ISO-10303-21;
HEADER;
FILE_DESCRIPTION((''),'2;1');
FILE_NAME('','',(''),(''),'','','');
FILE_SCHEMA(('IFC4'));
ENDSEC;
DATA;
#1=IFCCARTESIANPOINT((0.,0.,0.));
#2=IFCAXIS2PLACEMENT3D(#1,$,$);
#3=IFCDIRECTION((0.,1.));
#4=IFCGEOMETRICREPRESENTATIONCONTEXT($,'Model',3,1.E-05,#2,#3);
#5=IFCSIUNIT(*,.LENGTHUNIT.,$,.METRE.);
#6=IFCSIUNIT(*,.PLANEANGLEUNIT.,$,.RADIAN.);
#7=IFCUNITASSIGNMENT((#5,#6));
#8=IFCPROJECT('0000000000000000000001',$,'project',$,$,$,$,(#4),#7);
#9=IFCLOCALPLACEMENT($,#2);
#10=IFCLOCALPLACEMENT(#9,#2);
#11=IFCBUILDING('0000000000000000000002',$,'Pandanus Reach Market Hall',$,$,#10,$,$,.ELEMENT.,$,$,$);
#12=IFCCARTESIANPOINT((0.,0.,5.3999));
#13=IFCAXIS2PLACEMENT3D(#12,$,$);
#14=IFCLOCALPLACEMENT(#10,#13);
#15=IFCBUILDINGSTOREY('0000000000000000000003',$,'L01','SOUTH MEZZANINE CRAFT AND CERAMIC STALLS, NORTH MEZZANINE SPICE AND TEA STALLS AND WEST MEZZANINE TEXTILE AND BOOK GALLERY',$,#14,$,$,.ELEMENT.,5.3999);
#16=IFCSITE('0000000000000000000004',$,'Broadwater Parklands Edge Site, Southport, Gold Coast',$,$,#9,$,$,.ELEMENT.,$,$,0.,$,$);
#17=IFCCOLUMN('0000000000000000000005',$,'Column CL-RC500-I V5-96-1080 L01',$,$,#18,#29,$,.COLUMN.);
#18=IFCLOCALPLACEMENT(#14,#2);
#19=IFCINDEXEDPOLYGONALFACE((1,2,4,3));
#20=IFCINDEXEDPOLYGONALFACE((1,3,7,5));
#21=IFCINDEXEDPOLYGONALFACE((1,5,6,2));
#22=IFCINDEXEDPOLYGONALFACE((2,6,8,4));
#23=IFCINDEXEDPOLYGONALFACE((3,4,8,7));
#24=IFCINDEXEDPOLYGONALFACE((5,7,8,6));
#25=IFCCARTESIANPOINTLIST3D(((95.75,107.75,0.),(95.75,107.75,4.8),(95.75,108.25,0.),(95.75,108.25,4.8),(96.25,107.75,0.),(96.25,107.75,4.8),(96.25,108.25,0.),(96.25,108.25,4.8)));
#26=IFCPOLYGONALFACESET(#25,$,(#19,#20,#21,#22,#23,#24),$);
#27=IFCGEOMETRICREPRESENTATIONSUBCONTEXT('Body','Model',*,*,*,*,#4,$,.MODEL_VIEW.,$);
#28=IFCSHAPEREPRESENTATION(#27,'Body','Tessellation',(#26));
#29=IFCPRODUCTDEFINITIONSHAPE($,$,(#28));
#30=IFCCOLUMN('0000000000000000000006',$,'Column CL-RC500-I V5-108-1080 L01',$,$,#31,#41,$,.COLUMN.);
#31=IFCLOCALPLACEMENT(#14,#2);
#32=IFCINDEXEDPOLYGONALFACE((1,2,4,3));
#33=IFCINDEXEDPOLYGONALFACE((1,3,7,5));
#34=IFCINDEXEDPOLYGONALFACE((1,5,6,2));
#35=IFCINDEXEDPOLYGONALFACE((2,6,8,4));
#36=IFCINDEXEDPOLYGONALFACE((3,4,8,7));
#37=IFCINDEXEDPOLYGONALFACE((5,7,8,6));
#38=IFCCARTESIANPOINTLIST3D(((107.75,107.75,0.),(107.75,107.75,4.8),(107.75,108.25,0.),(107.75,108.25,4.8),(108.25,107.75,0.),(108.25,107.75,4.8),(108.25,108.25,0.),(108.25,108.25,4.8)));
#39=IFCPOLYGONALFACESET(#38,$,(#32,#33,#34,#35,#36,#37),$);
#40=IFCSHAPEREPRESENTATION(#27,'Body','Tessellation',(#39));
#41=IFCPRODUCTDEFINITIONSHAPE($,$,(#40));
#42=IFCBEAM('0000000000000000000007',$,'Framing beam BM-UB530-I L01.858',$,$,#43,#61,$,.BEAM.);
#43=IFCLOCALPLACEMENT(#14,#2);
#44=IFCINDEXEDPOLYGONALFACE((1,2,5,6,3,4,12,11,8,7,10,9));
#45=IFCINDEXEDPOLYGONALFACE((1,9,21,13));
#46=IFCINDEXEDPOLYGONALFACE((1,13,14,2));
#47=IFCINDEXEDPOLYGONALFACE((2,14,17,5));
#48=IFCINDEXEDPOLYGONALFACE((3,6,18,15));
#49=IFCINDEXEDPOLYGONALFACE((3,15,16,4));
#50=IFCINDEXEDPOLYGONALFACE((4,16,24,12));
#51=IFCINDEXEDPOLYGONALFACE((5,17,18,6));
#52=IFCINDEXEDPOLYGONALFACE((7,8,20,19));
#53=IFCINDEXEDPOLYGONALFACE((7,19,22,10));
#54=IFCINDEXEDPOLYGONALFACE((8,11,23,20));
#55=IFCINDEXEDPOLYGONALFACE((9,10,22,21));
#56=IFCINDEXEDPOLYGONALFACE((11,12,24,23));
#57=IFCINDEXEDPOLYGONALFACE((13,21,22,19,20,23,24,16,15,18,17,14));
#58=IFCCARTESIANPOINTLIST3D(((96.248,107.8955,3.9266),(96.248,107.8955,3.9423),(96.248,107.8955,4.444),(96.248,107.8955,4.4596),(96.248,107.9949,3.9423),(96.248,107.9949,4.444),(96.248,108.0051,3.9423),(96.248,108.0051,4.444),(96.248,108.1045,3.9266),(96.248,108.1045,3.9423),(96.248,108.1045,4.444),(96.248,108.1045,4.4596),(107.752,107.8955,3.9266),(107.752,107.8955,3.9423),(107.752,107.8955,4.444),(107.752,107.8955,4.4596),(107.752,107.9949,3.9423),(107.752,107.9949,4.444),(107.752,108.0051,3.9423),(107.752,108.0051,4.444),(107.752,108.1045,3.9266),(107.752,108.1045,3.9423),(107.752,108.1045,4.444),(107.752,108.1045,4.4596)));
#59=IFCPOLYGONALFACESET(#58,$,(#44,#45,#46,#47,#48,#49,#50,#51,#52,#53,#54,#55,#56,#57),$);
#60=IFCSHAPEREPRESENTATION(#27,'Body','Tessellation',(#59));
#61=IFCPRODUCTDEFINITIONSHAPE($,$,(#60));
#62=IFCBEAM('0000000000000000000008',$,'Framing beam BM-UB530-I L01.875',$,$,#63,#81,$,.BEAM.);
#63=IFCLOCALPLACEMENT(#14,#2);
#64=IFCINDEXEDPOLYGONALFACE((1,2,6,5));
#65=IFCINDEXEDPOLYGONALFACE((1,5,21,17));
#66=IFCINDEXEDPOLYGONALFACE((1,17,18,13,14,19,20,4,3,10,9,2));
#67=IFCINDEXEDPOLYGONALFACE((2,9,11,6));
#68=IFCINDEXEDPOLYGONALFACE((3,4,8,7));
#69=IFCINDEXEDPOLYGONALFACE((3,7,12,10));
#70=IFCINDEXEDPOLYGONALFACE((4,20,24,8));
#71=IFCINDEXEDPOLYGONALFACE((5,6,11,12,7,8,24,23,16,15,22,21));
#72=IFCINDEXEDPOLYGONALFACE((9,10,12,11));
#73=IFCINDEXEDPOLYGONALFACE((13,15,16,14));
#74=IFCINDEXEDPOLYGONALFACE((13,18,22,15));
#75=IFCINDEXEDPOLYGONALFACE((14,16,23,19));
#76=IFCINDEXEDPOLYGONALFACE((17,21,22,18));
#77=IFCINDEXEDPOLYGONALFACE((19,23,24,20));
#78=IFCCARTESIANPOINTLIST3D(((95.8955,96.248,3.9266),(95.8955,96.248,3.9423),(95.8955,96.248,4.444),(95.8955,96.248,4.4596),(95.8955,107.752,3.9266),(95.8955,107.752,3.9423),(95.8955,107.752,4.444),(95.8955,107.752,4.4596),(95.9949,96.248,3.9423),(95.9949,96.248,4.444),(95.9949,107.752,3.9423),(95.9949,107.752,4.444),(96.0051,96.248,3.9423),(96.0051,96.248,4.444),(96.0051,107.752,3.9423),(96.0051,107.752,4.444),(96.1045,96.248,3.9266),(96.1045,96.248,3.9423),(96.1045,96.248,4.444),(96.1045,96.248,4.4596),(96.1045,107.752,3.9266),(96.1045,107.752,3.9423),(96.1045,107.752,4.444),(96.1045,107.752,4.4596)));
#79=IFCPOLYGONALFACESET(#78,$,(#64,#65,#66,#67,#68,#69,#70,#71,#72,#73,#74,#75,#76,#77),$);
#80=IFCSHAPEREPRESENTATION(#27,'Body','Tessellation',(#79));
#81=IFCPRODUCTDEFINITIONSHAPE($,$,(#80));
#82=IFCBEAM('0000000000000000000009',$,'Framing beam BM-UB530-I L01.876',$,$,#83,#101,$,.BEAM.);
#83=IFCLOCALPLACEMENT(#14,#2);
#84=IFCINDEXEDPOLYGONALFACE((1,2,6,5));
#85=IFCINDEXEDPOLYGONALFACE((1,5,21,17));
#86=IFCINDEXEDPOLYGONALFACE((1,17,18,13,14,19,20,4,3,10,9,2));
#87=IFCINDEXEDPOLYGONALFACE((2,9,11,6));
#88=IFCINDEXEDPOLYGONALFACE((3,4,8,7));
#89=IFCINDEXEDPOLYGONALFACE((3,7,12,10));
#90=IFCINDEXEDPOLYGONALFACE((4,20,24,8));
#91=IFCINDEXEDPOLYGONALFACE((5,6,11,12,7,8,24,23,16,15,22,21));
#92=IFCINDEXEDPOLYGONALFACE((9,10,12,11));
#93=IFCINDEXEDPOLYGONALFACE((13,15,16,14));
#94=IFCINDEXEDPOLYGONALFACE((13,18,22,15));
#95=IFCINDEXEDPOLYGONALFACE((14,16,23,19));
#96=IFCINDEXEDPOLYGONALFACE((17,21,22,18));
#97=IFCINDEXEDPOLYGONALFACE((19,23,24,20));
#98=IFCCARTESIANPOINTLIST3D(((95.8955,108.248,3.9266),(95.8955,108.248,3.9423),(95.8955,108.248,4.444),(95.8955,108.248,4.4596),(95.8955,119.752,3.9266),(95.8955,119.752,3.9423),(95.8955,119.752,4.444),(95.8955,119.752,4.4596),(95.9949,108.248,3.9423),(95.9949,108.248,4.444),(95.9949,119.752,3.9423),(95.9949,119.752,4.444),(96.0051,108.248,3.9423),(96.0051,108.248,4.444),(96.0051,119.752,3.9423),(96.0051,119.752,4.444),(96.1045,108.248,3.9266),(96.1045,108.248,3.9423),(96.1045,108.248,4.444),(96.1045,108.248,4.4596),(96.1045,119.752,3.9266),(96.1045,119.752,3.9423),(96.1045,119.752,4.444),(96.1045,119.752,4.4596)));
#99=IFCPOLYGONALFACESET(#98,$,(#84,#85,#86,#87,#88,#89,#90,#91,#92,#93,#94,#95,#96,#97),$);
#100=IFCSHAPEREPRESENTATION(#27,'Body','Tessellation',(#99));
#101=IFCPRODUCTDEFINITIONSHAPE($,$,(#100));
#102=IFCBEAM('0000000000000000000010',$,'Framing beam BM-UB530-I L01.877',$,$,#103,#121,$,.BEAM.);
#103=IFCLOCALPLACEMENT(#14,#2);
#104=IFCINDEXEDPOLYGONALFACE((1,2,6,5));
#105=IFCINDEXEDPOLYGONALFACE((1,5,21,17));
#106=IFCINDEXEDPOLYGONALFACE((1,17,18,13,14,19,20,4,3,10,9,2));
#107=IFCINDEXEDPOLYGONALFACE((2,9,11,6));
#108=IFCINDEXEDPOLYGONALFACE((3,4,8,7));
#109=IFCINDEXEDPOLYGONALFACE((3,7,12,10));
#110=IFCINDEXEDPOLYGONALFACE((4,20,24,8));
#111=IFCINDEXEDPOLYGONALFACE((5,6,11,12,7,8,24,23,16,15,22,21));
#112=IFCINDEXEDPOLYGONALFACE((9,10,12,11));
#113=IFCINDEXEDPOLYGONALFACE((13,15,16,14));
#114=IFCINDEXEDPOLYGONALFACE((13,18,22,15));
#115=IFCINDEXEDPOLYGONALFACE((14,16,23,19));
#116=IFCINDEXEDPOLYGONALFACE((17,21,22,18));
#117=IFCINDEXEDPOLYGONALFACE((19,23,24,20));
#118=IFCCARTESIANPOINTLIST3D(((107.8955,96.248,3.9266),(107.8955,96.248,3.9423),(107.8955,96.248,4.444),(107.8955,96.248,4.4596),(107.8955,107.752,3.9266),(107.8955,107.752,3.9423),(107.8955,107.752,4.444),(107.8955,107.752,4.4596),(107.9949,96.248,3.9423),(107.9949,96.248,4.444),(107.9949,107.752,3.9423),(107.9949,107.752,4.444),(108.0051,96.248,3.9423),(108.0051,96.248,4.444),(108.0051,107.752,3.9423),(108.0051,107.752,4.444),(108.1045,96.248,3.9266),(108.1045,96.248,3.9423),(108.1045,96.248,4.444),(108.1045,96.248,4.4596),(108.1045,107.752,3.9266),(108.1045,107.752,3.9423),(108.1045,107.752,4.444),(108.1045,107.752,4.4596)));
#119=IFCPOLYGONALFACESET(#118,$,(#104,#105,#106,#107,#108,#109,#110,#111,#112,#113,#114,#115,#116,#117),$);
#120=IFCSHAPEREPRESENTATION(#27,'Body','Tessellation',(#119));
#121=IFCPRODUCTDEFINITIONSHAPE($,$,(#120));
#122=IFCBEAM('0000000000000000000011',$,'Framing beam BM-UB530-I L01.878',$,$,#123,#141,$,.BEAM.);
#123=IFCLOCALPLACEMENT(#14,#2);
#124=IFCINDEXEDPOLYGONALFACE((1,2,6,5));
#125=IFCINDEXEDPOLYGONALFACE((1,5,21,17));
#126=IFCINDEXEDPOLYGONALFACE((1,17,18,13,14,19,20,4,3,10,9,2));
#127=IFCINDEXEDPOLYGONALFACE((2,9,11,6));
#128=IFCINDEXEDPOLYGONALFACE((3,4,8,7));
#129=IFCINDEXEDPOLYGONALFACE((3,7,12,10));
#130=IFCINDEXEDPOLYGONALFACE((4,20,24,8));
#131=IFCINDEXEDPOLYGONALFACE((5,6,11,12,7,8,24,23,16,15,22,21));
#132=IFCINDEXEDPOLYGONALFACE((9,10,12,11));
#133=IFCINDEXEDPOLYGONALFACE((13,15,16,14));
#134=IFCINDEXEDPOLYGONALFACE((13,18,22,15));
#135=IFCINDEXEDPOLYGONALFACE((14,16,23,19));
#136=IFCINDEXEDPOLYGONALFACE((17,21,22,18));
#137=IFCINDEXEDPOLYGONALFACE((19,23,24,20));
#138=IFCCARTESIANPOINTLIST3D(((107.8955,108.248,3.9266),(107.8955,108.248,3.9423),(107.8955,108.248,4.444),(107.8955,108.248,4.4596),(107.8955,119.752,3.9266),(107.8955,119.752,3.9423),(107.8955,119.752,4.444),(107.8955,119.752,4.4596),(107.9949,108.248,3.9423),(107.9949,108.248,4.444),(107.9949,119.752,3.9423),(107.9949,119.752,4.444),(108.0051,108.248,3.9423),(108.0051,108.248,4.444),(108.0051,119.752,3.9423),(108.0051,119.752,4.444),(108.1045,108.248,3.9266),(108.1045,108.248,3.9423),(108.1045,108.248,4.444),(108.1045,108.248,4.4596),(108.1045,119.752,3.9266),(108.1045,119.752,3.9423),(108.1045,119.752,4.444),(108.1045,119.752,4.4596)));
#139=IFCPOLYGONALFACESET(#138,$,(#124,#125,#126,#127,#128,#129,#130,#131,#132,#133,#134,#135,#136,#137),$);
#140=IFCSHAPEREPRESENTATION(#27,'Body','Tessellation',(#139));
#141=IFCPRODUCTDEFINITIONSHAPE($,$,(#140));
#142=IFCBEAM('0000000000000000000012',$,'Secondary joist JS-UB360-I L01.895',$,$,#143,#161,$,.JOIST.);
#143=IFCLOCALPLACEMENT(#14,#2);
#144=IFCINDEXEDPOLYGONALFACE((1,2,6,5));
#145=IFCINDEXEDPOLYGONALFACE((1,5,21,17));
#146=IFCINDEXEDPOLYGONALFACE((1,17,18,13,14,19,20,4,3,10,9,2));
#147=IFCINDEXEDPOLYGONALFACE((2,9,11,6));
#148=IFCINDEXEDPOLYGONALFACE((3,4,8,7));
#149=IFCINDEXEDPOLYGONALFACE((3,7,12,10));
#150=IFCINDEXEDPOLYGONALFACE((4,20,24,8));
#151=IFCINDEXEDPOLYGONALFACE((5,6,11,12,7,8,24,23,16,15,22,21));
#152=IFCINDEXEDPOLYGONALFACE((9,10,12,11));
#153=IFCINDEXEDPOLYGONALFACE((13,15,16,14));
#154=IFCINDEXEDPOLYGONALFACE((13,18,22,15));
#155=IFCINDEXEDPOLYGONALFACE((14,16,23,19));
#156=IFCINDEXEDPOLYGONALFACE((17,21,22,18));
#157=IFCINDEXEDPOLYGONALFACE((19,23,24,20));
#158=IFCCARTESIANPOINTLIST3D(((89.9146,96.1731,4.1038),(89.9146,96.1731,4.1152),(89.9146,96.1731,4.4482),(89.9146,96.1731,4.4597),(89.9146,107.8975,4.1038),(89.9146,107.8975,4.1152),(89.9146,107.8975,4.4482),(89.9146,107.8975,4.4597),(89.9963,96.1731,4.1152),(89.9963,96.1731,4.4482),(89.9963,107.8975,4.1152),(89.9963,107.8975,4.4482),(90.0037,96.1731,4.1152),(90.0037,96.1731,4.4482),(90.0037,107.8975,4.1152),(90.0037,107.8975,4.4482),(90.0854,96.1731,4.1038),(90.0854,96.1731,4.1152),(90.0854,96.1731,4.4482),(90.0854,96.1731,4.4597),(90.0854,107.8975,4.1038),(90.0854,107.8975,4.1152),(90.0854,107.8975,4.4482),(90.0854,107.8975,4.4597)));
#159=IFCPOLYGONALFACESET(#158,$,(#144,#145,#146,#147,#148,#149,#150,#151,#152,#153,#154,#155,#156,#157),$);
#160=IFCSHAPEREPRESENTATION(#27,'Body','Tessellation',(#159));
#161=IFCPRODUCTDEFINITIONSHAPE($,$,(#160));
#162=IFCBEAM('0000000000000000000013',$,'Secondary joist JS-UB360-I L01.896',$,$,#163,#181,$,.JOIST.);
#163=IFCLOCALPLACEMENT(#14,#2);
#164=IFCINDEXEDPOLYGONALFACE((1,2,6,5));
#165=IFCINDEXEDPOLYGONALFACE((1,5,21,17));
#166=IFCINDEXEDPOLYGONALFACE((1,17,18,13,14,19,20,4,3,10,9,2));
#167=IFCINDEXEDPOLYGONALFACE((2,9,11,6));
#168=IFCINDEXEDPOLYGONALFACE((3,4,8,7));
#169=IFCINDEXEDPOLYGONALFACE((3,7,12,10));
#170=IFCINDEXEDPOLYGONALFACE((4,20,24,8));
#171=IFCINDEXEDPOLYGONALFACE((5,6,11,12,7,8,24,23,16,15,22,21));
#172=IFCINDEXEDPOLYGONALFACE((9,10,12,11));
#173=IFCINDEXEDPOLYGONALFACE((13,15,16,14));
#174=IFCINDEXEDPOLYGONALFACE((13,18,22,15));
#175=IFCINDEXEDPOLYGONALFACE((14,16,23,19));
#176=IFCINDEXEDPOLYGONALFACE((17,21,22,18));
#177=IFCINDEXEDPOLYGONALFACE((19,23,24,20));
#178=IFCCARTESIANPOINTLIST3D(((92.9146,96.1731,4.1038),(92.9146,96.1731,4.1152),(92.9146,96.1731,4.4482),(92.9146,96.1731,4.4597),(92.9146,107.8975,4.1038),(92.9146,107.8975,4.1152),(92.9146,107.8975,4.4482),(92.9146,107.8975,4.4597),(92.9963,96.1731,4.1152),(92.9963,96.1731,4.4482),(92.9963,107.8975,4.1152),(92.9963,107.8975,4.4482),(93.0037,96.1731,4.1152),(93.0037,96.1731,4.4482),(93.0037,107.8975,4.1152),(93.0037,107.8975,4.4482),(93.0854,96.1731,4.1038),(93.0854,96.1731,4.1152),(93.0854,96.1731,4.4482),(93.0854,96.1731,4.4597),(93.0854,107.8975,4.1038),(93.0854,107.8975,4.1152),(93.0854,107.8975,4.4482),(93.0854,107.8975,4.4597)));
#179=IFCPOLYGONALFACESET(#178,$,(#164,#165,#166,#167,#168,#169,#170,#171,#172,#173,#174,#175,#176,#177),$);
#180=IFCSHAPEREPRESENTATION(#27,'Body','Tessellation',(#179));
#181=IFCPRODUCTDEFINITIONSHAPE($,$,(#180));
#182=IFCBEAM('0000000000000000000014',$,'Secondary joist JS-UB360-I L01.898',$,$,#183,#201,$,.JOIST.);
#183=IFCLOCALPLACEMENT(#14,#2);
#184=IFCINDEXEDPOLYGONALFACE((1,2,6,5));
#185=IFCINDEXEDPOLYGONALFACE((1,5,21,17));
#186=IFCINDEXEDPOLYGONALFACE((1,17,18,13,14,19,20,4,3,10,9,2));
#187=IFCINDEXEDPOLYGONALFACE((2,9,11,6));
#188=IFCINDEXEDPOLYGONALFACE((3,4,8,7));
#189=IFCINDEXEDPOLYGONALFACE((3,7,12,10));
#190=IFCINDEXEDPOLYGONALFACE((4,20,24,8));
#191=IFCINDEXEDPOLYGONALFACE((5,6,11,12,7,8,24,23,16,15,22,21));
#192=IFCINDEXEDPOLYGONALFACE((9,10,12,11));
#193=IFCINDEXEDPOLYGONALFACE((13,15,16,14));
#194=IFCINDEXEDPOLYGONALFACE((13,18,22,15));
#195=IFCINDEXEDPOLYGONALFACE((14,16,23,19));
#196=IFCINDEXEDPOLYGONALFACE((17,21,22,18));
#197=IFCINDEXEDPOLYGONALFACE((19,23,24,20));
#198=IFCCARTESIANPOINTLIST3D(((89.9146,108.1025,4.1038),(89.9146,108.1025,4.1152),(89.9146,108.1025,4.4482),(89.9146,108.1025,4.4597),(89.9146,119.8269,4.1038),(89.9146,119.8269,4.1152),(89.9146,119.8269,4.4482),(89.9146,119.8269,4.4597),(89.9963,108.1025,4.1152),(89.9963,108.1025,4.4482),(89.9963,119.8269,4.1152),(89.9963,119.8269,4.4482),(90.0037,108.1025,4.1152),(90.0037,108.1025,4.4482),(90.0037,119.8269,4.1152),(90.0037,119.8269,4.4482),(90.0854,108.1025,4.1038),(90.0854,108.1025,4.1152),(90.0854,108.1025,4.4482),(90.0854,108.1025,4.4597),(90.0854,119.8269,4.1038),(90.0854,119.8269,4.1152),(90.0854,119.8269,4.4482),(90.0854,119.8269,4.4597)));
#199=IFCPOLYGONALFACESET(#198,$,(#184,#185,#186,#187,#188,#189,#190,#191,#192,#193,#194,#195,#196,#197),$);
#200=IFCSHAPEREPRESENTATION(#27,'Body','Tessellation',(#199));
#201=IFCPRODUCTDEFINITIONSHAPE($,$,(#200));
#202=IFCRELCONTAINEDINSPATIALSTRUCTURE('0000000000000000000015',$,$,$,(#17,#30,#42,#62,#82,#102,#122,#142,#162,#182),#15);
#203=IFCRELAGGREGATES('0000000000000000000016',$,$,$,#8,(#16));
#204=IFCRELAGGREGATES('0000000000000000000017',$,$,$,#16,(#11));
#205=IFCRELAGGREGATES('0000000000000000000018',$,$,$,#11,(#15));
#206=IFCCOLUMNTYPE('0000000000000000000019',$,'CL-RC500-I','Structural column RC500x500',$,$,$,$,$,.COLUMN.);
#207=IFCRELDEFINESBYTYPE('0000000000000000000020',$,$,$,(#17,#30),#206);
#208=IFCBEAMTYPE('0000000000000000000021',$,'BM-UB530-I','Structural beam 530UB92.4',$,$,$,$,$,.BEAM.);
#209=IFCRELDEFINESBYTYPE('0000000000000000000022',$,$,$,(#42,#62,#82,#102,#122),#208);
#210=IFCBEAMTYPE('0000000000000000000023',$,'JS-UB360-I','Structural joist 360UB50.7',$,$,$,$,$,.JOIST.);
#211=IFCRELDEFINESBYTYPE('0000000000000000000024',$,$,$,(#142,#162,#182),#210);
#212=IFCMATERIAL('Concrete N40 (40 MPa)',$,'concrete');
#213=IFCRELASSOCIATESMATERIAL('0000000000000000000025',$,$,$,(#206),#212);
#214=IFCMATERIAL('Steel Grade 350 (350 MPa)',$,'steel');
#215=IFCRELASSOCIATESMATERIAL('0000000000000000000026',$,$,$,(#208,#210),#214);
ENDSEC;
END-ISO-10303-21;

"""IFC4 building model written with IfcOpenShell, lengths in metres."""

from ifc_helpers import new_model, si_unit, direction, frame, origin, origin_2d, place, context, subcontext, project, spatial, rectangle, i_section, extrude, material, material_profile, profile_set, type_object, element, save


model = new_model("IFC4")

# Units and contexts
model_context = context("Model", 3, precision=1e-05, world=origin(), true_north=direction((0.0, 1.0)))
body_context = subcontext(model_context, "Body", "Model", "MODEL_VIEW")
ifc_project = project(units=[si_unit("LENGTHUNIT", "METRE"), si_unit("PLANEANGLEUNIT", "RADIAN")], contexts=[model_context])

# Site, building, storey
site_placement = place(None, origin())
site = spatial("IfcSite", under=ifc_project, at=site_placement, Name="Broadwater Parklands Edge Site, Southport, Gold Coast", CompositionType="ELEMENT", RefElevation=0.0)
building_placement = place(site_placement, origin())
building = spatial("IfcBuilding", under=site, at=building_placement, Name="Pandanus Reach Market Hall", CompositionType="ELEMENT")
storey_placement = place(building_placement, frame((0.0, 0.0, 5.3999)))
storey = spatial("IfcBuildingStorey", under=building, at=storey_placement, Name="L01", Description="SOUTH MEZZANINE CRAFT AND CERAMIC STALLS, NORTH MEZZANINE SPICE AND TEA STALLS AND WEST MEZZANINE TEXTILE AND BOOK GALLERY", CompositionType="ELEMENT", Elevation=5.3999)

# Columns
ifc_material_1 = material(Name="Concrete N40 (40 MPa)", Category="concrete")
ifc_material_profile_1 = material_profile(ifc_material_1, rectangle(XDim=0.5, YDim=0.5, at=origin_2d()), Name="RC500x500", Category="LoadBearing")
ifc_profile_set_1 = profile_set([ifc_material_profile_1], Name="Concrete N40 (40 MPa)")
column_type = type_object("IfcColumnType", Name="CL-RC500-I", Description="Structural column RC500x500", PredefinedType="COLUMN", material=ifc_profile_set_1)
for number, where, z_axis, x_axis, name in (
    (1, (96.0, 108.0, 0.0), (0.0, 0.0, 1.0), (1.0, 0.0, 0.0), "Column CL-RC500-I V5-96-1080 L01"),
    (2, (108.0, 108.0, 0.0), (0.0, 0.0, 1.0), (1.0, 0.0, 0.0), "Column CL-RC500-I V5-108-1080 L01"),
):
    element("IfcColumn", number, at=place(storey_placement, frame(where, z_axis=z_axis, x_axis=x_axis)), inside=storey, type_object=column_type, Name=name, PredefinedType="COLUMN", context=body_context, shape_type="SweptSolid", body=[
        extrude(rectangle(XDim=0.5, YDim=0.5, at=origin_2d()), origin(), (0.0, 0.0, 1.0), 4.8),
    ])

# Beams
ifc_material_2 = material(Name="Steel Grade 350 (350 MPa)", Category="steel")
ifc_material_profile_2 = material_profile(ifc_material_2, i_section(OverallWidth=0.209, OverallDepth=0.533, WebThickness=0.0103, FlangeThickness=0.0156, at=origin_2d()), Name="530UB92.4", Category="LoadBearing")
ifc_profile_set_2 = profile_set([ifc_material_profile_2], Name="Steel Grade 350 (350 MPa)")
beam_type_1 = type_object("IfcBeamType", Name="BM-UB530-I", Description="Structural beam 530UB92.4", PredefinedType="BEAM", material=ifc_profile_set_2)
for number, where, z_axis, x_axis, name in (
    (3, (96.248, 108.0, 4.1931), (1.0, 0.0, 0.0), (0.0, 1.0, 0.0), "Framing beam BM-UB530-I L01.858"),
    (4, (96.0, 96.248, 4.1931), (0.0, 1.0, 0.0), (-1.0, 0.0, 0.0), "Framing beam BM-UB530-I L01.875"),
    (5, (96.0, 108.248, 4.1931), (0.0, 1.0, 0.0), (-1.0, 0.0, 0.0), "Framing beam BM-UB530-I L01.876"),
    (6, (108.0, 96.248, 4.1931), (0.0, 1.0, 0.0), (-1.0, 0.0, 0.0), "Framing beam BM-UB530-I L01.877"),
    (7, (108.0, 108.248, 4.1931), (0.0, 1.0, 0.0), (-1.0, 0.0, 0.0), "Framing beam BM-UB530-I L01.878"),
):
    element("IfcBeam", number, at=place(storey_placement, frame(where, z_axis=z_axis, x_axis=x_axis)), inside=storey, type_object=beam_type_1, Name=name, PredefinedType="BEAM", context=body_context, shape_type="SweptSolid", body=[
        extrude(i_section(OverallWidth=0.209, OverallDepth=0.533, WebThickness=0.0103, FlangeThickness=0.0156, at=origin_2d()), origin(), (0.0, 0.0, 1.0), 11.5039),
    ])
ifc_material_profile_3 = material_profile(ifc_material_2, i_section(OverallWidth=0.1709, OverallDepth=0.356, WebThickness=0.0073, FlangeThickness=0.0115, at=origin_2d()), Name="360UB50.7", Category="LoadBearing")
ifc_profile_set_3 = profile_set([ifc_material_profile_3], Name="Steel Grade 350 (350 MPa)")
beam_type_2 = type_object("IfcBeamType", Name="JS-UB360-I", Description="Structural joist 360UB50.7", PredefinedType="JOIST", material=ifc_profile_set_3)
for number, where, z_axis, x_axis, name in (
    (8, (90.0, 96.1731, 4.2817), (0.0, 1.0, 0.0), (-1.0, 0.0, 0.0), "Secondary joist JS-UB360-I L01.895"),
    (9, (93.0, 96.1731, 4.2817), (0.0, 1.0, 0.0), (-1.0, 0.0, 0.0), "Secondary joist JS-UB360-I L01.896"),
    (10, (90.0, 108.1025, 4.2817), (0.0, 1.0, 0.0), (-1.0, 0.0, 0.0), "Secondary joist JS-UB360-I L01.898"),
):
    element("IfcBeam", number, at=place(storey_placement, frame(where, z_axis=z_axis, x_axis=x_axis)), inside=storey, type_object=beam_type_2, Name=name, PredefinedType="JOIST", context=body_context, shape_type="SweptSolid", body=[
        extrude(i_section(OverallWidth=0.1709, OverallDepth=0.356, WebThickness=0.0073, FlangeThickness=0.0115, at=origin_2d()), origin(), (0.0, 0.0, 1.0), 11.7244),
    ])

save(model, "model.ifc")
